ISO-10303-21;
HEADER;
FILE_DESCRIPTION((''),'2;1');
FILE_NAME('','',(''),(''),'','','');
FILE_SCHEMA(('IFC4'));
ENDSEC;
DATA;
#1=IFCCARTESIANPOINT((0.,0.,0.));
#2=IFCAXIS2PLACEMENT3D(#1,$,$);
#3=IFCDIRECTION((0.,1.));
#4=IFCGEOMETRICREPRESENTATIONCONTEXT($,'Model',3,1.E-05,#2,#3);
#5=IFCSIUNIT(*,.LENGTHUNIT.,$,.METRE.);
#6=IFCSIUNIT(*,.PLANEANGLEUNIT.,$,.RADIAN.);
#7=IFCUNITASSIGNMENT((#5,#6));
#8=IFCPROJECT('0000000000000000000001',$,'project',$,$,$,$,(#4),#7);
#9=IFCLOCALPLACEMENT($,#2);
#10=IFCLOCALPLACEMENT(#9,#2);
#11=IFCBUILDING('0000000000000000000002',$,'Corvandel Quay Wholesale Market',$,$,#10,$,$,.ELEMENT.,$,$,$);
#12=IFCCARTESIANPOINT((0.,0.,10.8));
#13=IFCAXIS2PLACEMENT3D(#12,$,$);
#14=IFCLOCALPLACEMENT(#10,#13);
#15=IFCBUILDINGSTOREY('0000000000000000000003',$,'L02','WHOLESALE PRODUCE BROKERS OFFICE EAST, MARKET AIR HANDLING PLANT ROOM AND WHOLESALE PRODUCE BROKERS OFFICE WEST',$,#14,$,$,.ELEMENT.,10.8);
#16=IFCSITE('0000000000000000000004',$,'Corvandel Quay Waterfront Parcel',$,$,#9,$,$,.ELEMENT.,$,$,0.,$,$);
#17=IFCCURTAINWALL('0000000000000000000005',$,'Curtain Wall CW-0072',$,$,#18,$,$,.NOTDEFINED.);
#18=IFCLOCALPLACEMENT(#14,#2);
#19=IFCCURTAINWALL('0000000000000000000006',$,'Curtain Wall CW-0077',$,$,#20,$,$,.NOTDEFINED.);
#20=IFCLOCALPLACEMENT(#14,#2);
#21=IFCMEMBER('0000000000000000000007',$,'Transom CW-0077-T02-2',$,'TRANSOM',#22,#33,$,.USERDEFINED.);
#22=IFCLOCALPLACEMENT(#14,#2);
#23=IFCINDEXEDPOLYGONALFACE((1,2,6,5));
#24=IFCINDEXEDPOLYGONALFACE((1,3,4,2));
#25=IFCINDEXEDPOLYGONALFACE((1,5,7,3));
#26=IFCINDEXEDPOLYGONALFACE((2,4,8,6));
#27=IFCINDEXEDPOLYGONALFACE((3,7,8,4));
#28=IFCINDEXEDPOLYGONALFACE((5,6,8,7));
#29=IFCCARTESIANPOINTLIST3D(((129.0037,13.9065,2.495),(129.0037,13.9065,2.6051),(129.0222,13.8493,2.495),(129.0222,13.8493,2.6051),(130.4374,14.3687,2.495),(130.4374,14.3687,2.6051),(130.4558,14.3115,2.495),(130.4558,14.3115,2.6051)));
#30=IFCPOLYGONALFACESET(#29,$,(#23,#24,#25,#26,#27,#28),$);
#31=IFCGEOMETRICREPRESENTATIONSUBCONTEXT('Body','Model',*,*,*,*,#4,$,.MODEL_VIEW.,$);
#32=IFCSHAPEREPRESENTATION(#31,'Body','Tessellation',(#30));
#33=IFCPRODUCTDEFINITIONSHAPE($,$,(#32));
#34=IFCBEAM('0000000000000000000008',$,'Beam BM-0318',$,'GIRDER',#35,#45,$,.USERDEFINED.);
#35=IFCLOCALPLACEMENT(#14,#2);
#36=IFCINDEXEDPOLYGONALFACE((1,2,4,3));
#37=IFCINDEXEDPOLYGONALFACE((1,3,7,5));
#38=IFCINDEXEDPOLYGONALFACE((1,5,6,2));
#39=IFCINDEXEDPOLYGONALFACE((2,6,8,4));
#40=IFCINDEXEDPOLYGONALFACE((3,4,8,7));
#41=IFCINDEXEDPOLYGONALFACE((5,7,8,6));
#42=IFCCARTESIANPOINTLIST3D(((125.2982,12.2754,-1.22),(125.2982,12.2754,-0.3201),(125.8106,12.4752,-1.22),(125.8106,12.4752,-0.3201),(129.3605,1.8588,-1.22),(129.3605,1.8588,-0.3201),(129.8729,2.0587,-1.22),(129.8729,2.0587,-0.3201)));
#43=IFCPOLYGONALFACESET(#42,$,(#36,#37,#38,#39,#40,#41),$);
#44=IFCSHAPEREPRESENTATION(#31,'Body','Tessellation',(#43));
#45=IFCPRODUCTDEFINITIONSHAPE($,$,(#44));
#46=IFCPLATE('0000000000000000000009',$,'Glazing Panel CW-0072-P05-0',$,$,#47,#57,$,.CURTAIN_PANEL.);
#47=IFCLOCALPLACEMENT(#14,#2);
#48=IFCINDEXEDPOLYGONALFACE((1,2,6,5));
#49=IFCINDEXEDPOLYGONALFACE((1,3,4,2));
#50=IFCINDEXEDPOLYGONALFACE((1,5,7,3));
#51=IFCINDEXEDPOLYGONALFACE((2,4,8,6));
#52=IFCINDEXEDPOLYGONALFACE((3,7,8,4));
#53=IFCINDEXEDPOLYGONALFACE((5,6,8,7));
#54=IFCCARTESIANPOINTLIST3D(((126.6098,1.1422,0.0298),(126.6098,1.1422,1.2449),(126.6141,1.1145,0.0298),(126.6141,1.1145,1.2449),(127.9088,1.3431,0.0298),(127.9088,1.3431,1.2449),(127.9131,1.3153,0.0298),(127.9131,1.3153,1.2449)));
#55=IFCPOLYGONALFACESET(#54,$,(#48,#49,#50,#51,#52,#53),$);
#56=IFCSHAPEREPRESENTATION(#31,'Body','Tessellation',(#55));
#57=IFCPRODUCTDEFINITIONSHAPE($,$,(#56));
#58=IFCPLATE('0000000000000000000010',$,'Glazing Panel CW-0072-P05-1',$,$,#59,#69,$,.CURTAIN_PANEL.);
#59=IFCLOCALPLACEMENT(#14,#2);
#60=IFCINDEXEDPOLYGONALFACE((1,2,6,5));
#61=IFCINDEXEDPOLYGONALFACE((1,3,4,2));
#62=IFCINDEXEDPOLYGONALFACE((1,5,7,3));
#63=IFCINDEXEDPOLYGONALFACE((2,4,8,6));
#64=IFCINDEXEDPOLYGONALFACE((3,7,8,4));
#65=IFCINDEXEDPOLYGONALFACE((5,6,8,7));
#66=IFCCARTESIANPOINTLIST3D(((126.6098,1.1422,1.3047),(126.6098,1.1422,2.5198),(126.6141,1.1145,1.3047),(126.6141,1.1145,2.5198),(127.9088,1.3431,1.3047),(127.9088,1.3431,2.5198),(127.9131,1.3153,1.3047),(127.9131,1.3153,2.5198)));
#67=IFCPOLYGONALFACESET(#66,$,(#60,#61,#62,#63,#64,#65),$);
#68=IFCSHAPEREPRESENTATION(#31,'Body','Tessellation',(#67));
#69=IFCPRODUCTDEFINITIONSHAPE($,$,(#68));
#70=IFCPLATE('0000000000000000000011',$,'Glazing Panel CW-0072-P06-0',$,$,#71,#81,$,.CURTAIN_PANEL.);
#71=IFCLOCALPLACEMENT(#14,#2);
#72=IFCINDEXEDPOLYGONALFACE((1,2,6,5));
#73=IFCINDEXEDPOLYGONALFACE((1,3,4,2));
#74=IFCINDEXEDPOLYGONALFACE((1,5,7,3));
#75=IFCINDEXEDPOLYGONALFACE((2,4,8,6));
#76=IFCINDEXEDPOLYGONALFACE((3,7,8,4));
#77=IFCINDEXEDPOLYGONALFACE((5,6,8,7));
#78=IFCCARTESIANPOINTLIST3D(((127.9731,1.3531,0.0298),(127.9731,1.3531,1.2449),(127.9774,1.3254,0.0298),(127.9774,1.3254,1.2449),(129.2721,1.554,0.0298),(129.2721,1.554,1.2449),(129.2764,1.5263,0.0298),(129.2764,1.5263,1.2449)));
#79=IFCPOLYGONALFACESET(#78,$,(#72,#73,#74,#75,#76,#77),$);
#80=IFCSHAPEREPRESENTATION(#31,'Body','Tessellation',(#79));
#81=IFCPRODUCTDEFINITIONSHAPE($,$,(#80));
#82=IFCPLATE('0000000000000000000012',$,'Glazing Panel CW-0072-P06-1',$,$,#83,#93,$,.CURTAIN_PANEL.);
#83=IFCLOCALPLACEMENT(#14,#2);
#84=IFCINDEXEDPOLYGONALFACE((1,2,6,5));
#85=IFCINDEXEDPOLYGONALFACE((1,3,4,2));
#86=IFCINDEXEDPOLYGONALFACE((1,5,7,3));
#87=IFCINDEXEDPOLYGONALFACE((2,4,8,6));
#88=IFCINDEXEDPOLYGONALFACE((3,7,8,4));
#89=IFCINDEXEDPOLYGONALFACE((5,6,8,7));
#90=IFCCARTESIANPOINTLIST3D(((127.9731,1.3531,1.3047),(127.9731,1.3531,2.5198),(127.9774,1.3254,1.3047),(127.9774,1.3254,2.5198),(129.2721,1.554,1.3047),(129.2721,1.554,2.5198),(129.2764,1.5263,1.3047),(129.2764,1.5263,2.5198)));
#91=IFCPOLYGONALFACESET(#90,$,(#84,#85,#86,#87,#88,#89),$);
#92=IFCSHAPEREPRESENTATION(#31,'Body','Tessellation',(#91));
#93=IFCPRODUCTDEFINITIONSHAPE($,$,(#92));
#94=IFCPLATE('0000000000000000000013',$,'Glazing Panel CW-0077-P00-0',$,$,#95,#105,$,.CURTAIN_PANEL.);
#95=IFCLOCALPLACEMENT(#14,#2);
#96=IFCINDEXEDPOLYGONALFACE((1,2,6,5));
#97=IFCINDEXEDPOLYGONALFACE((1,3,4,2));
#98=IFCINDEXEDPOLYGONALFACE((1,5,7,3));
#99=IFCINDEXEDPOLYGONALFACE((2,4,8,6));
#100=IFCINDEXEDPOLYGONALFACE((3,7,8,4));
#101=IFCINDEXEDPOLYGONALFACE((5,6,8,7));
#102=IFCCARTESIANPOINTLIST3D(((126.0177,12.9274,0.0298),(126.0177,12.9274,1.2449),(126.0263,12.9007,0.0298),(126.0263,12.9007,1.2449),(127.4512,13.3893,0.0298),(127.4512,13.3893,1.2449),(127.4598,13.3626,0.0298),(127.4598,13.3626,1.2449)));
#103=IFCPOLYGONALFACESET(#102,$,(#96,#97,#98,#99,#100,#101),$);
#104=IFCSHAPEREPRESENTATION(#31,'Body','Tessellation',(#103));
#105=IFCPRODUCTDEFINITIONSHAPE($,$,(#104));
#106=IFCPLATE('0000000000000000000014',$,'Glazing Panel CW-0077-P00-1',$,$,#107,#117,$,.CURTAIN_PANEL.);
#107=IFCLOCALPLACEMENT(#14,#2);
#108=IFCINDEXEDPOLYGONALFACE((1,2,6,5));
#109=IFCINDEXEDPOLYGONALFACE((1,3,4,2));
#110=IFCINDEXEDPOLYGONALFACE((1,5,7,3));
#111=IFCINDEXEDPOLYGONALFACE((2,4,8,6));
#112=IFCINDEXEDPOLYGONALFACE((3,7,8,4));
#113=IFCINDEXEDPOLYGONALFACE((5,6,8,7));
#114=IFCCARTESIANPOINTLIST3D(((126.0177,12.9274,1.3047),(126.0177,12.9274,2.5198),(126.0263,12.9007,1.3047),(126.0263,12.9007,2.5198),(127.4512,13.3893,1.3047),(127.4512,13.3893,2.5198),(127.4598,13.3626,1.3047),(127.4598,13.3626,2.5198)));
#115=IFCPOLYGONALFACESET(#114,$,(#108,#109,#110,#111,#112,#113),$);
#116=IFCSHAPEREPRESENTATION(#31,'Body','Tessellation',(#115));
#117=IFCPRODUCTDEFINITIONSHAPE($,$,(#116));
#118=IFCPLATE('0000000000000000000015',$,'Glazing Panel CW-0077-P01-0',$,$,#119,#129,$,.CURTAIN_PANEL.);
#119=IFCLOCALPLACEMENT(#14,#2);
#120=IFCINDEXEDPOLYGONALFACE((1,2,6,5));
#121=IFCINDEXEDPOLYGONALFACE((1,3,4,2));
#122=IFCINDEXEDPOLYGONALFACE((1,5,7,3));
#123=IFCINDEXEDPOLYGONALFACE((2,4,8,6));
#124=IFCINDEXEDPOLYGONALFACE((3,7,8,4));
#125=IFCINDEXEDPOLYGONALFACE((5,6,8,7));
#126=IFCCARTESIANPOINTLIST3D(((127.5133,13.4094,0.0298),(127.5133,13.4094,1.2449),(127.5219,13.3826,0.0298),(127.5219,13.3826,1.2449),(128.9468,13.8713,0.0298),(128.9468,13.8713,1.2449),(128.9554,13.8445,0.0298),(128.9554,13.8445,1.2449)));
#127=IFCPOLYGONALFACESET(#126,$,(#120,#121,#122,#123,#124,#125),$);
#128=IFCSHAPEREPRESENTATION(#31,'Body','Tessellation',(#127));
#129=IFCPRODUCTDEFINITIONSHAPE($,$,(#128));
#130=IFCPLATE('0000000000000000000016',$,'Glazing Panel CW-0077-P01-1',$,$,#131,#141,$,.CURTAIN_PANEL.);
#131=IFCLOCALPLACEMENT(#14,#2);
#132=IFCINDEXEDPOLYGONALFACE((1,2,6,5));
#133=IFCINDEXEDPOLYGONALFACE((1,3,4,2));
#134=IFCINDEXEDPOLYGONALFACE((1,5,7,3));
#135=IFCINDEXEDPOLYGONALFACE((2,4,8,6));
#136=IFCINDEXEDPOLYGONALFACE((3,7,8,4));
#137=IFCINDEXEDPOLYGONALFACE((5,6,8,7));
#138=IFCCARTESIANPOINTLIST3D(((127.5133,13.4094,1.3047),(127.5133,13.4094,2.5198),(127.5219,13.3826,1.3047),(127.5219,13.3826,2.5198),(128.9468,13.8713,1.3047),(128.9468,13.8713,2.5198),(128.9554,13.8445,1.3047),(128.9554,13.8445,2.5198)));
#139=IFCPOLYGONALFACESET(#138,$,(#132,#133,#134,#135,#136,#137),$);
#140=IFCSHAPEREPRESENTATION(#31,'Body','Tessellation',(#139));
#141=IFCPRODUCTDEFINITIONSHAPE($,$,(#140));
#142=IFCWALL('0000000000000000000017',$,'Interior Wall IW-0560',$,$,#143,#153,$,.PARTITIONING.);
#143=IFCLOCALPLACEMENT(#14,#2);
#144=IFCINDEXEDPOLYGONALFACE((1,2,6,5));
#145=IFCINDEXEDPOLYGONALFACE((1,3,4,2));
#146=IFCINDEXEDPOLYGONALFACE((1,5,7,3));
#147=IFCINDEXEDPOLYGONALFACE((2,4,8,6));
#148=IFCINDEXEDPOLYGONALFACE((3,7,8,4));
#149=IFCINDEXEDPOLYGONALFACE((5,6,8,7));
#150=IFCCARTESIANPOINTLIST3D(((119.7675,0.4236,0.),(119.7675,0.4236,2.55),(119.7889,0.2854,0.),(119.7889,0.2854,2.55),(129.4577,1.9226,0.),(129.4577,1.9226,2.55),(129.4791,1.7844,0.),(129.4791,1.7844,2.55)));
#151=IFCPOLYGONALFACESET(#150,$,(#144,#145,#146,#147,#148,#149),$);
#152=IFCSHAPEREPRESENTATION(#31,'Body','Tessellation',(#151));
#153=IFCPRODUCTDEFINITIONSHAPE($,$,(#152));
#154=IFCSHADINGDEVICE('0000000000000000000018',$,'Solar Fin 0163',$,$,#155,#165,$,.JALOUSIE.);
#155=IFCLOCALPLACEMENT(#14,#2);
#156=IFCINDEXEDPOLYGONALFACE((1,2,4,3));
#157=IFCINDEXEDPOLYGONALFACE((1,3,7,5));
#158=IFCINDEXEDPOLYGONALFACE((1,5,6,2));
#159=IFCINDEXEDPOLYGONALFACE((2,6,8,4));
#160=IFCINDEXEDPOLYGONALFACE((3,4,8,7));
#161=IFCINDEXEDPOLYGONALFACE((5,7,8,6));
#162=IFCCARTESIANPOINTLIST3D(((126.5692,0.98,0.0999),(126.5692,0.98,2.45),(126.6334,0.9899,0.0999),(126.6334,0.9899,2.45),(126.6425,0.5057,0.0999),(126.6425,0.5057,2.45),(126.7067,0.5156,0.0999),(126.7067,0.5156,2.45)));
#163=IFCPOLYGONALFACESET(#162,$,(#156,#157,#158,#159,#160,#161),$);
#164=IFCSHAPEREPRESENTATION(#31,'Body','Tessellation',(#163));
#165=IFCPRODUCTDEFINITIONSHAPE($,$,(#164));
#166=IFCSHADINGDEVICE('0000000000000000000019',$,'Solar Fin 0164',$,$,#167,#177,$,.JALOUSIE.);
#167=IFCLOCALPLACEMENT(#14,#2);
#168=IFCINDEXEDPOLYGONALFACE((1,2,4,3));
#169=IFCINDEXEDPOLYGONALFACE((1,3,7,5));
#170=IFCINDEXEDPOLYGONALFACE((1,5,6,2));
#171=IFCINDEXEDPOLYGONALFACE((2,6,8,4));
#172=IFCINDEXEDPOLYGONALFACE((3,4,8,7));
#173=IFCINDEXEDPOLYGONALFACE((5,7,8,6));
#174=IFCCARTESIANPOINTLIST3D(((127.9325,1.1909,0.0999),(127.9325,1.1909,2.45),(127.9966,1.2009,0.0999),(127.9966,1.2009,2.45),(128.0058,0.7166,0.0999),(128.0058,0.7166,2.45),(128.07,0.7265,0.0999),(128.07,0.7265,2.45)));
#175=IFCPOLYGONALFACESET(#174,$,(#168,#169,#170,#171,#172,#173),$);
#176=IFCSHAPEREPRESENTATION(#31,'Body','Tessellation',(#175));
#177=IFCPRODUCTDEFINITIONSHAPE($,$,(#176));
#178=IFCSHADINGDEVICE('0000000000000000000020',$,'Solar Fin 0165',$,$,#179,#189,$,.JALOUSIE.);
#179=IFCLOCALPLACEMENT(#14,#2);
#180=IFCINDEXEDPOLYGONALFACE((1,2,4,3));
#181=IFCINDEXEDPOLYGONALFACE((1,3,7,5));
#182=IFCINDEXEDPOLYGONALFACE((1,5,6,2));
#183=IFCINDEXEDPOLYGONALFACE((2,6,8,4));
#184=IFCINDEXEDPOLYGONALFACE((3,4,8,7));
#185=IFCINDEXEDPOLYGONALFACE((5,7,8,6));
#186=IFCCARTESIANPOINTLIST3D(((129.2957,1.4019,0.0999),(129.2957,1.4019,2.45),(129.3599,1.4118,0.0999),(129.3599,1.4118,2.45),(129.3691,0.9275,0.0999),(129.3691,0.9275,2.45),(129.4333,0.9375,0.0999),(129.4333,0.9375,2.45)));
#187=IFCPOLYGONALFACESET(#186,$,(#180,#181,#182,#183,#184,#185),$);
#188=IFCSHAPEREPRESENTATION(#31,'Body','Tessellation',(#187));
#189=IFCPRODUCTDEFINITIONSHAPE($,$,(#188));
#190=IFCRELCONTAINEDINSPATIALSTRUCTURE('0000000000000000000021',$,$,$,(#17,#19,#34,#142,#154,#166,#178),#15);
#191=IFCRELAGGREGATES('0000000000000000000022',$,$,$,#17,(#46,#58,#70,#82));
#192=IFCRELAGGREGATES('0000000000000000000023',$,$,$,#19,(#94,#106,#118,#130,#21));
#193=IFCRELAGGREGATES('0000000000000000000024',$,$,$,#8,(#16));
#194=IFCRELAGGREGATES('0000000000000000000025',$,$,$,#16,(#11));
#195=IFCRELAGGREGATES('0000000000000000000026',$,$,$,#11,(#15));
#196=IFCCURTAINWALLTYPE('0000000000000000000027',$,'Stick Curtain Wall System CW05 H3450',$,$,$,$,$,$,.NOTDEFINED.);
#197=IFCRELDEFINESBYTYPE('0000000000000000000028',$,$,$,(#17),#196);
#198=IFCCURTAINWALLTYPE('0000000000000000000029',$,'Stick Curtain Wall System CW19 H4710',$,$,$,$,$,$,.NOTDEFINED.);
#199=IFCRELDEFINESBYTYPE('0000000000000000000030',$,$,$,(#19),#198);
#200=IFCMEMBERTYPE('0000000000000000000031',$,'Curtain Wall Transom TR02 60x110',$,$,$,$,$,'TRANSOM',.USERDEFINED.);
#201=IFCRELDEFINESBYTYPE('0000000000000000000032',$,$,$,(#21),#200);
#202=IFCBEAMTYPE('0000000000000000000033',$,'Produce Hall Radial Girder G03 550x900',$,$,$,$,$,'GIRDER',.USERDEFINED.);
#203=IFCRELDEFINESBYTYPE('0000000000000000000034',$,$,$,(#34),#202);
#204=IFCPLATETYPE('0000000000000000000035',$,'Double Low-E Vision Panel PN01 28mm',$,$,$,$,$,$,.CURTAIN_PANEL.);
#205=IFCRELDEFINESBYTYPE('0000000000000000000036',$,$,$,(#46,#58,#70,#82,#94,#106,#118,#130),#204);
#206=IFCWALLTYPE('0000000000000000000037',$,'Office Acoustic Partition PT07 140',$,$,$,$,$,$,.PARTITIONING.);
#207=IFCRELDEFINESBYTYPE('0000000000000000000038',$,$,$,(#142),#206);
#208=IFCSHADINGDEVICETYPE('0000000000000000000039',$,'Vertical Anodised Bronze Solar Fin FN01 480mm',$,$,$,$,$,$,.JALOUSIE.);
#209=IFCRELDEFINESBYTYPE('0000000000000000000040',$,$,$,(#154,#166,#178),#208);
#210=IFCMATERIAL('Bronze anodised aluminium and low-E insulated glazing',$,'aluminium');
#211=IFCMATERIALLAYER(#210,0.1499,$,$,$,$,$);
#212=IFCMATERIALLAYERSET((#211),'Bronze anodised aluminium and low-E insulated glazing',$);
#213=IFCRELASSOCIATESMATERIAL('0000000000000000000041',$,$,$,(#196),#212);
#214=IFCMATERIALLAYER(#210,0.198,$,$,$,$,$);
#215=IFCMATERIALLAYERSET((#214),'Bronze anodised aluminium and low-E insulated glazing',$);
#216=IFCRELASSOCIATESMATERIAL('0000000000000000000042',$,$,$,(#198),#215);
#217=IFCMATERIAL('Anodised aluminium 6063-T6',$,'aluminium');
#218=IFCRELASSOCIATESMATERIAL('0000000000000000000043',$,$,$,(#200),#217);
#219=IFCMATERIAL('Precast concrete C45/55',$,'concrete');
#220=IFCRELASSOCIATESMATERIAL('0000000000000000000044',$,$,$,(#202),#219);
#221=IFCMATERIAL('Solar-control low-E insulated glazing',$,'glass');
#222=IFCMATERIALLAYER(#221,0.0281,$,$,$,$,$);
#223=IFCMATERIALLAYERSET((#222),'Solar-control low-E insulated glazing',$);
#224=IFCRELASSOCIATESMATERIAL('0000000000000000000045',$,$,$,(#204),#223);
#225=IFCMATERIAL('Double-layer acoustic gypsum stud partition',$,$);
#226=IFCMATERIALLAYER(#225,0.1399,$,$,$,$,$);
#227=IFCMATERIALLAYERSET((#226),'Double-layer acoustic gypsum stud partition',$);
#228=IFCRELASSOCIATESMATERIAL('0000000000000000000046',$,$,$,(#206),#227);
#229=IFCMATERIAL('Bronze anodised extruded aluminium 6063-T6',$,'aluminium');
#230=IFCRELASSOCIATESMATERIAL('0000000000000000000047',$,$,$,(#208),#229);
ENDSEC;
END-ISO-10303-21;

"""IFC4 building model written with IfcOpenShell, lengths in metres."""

from ifc_helpers import new_model, si_unit, direction, frame, frame_2d, origin, origin_2d, place, context, subcontext, project, spatial, rectangle, extrude, material, layer, layer_set, material_profile, profile_set, type_object, element, aggregate, save


model = new_model("IFC4")

# Units and contexts
model_context = context("Model", 3, precision=1e-05, world=origin(), true_north=direction((0.0, 1.0)))
body_context = subcontext(model_context, "Body", "Model", "MODEL_VIEW")
ifc_project = project(units=[si_unit("LENGTHUNIT", "METRE"), si_unit("PLANEANGLEUNIT", "RADIAN")], contexts=[model_context])

# Site, building, storey
site_placement = place(None, origin())
site = spatial("IfcSite", under=ifc_project, at=site_placement, Name="Corvandel Quay Waterfront Parcel", CompositionType="ELEMENT", RefElevation=0.0)
building_placement = place(site_placement, origin())
building = spatial("IfcBuilding", under=site, at=building_placement, Name="Corvandel Quay Wholesale Market", CompositionType="ELEMENT")
storey_placement = place(building_placement, frame((0.0, 0.0, 10.8)))
storey = spatial("IfcBuildingStorey", under=building, at=storey_placement, Name="L02", Description="WHOLESALE PRODUCE BROKERS OFFICE EAST, MARKET AIR HANDLING PLANT ROOM AND WHOLESALE PRODUCE BROKERS OFFICE WEST", CompositionType="ELEMENT", Elevation=10.8)

# Curtain walls
ifc_material_1 = material(Name="Bronze anodised aluminium and low-E insulated glazing", Category="aluminium")
ifc_layer_1 = layer(ifc_material_1, 0.1499)
ifc_layer_set_1 = layer_set([ifc_layer_1], Name="Bronze anodised aluminium and low-E insulated glazing")
curtain_wall_type_1 = type_object("IfcCurtainWallType", Name="Stick Curtain Wall System CW05 H3450", PredefinedType="NOTDEFINED", material=ifc_layer_set_1)
curtain_wall_1_placement = place(storey_placement, origin())
curtain_wall_1 = element("IfcCurtainWall", 1, at=curtain_wall_1_placement, inside=storey, type_object=curtain_wall_type_1, Name="Curtain Wall CW-0072", PredefinedType="NOTDEFINED")
ifc_material_2 = material(Name="Anodised aluminium 6063-T6", Category="aluminium")
ifc_layer_2 = layer(ifc_material_1, 0.198)
ifc_layer_set_2 = layer_set([ifc_layer_2], Name="Bronze anodised aluminium and low-E insulated glazing")
curtain_wall_type_2 = type_object("IfcCurtainWallType", Name="Stick Curtain Wall System CW19 H4710", PredefinedType="NOTDEFINED", material=ifc_layer_set_2)
curtain_wall_2_placement = place(storey_placement, origin())
curtain_wall_2 = element("IfcCurtainWall", 2, at=curtain_wall_2_placement, inside=storey, type_object=curtain_wall_type_2, Name="Curtain Wall CW-0077", PredefinedType="NOTDEFINED")

# Member
ifc_material_profile_1 = material_profile(ifc_material_2, rectangle(XDim=0.0601, YDim=0.1101, at=origin_2d()), Name="ALU-TRN-60x110")
ifc_profile_set_1 = profile_set([ifc_material_profile_1], Name="Anodised aluminium 6063-T6")
member_type_1 = type_object("IfcMemberType", Name="Curtain Wall Transom TR02 60x110", ElementType="TRANSOM", PredefinedType="USERDEFINED", material=ifc_profile_set_1)
member_1_placement = place(storey_placement, frame((129.0129, 13.8779, 2.55), z_axis=(0.951765, 0.306828, 0.0), x_axis=(-0.306828, 0.951765, 0.0)))
member_1 = element("IfcMember", 3, at=member_1_placement, type_object=member_type_1, Name="Transom CW-0077-T02-2", ObjectType="TRANSOM", PredefinedType="USERDEFINED", context=body_context, shape_type="SweptSolid", body=[
    extrude(rectangle(XDim=0.0601, YDim=0.1101, at=origin_2d()), origin(), (0.0, 0.0, 1.0), 1.5063),
])

# Beam
ifc_material_3 = material(Name="Precast concrete C45/55", Category="concrete")
ifc_material_profile_2 = material_profile(ifc_material_3, rectangle(XDim=0.55, YDim=0.8999, at=origin_2d()), Name="PC-GIR-550x900")
ifc_profile_set_2 = profile_set([ifc_material_profile_2], Name="Precast concrete C45/55")
beam_type = type_object("IfcBeamType", Name="Produce Hall Radial Girder G03 550x900", ElementType="GIRDER", PredefinedType="USERDEFINED", material=ifc_profile_set_2)
beam_placement = place(storey_placement, frame((129.6167, 1.9587, -0.77), z_axis=(-0.363331, 0.93166, 0.0), x_axis=(-0.93166, -0.363331, 0.0)))
element("IfcBeam", 4, at=beam_placement, inside=storey, type_object=beam_type, Name="Beam BM-0318", ObjectType="GIRDER", PredefinedType="USERDEFINED", context=body_context, shape_type="SweptSolid", body=[
    extrude(rectangle(XDim=0.55, YDim=0.8999, at=origin_2d()), origin(), (0.0, 0.0, 1.0), 11.1807),
])

# Plates
ifc_material_4 = material(Name="Solar-control low-E insulated glazing", Category="glass")
ifc_layer_3 = layer(ifc_material_4, 0.0281)
ifc_layer_set_3 = layer_set([ifc_layer_3], Name="Solar-control low-E insulated glazing")
plate_type = type_object("IfcPlateType", Name="Double Low-E Vision Panel PN01 28mm", PredefinedType="CURTAIN_PANEL", material=ifc_layer_set_3)
plate_1_placement = place(storey_placement, frame((127.2615, 1.2288, 0.0298), z_axis=(0.0, 0.0, 1.0), x_axis=(0.988255, 0.152813, 0.0)))
plate_1 = element("IfcPlate", 5, at=plate_1_placement, type_object=plate_type, Name="Glazing Panel CW-0072-P05-0", PredefinedType="CURTAIN_PANEL", context=body_context, shape_type="SweptSolid", body=[
    extrude(rectangle(XDim=1.3145, YDim=0.0281, at=origin_2d()), origin(), (0.0, 0.0, 1.0), 1.2151),
])
plate_2_placement = place(storey_placement, frame((127.2615, 1.2288, 1.3047), z_axis=(0.0, 0.0, 1.0), x_axis=(0.988255, 0.152813, 0.0)))
plate_2 = element("IfcPlate", 6, at=plate_2_placement, type_object=plate_type, Name="Glazing Panel CW-0072-P05-1", PredefinedType="CURTAIN_PANEL", context=body_context, shape_type="SweptSolid", body=[
    extrude(rectangle(XDim=1.3145, YDim=0.0281, at=origin_2d()), origin(), (0.0, 0.0, 1.0), 1.2151),
])
plate_3_placement = place(storey_placement, frame((128.6248, 1.4397, 0.0298), z_axis=(0.0, 0.0, 1.0), x_axis=(0.988255, 0.152813, 0.0)))
plate_3 = element("IfcPlate", 7, at=plate_3_placement, type_object=plate_type, Name="Glazing Panel CW-0072-P06-0", PredefinedType="CURTAIN_PANEL", context=body_context, shape_type="SweptSolid", body=[
    extrude(rectangle(XDim=1.3145, YDim=0.0281, at=origin_2d()), origin(), (0.0, 0.0, 1.0), 1.2151),
])
plate_4_placement = place(storey_placement, frame((128.6248, 1.4397, 1.3047), z_axis=(0.0, 0.0, 1.0), x_axis=(0.988255, 0.152813, 0.0)))
plate_4 = element("IfcPlate", 8, at=plate_4_placement, type_object=plate_type, Name="Glazing Panel CW-0072-P06-1", PredefinedType="CURTAIN_PANEL", context=body_context, shape_type="SweptSolid", body=[
    extrude(rectangle(XDim=1.3145, YDim=0.0281, at=origin_2d()), origin(), (0.0, 0.0, 1.0), 1.2151),
])
aggregate(curtain_wall_1, [plate_1, plate_2, plate_3, plate_4])
plate_5_placement = place(storey_placement, frame((126.7388, 13.145, 0.0298), z_axis=(0.0, 0.0, 1.0), x_axis=(0.951809, 0.306692, 0.0)))
plate_5 = element("IfcPlate", 9, at=plate_5_placement, type_object=plate_type, Name="Glazing Panel CW-0077-P00-0", PredefinedType="CURTAIN_PANEL", context=body_context, shape_type="SweptSolid", body=[
    extrude(rectangle(XDim=1.5061, YDim=0.0281, at=origin_2d()), origin(), (0.0, 0.0, 1.0), 1.2151),
])
plate_6_placement = place(storey_placement, frame((126.7388, 13.145, 1.3047), z_axis=(0.0, 0.0, 1.0), x_axis=(0.951809, 0.306692, 0.0)))
plate_6 = element("IfcPlate", 10, at=plate_6_placement, type_object=plate_type, Name="Glazing Panel CW-0077-P00-1", PredefinedType="CURTAIN_PANEL", context=body_context, shape_type="SweptSolid", body=[
    extrude(rectangle(XDim=1.5061, YDim=0.0281, at=origin_2d()), origin(), (0.0, 0.0, 1.0), 1.2151),
])
plate_7_placement = place(storey_placement, frame((128.2344, 13.627, 0.0298), z_axis=(0.0, 0.0, 1.0), x_axis=(0.951809, 0.306692, 0.0)))
plate_7 = element("IfcPlate", 11, at=plate_7_placement, type_object=plate_type, Name="Glazing Panel CW-0077-P01-0", PredefinedType="CURTAIN_PANEL", context=body_context, shape_type="SweptSolid", body=[
    extrude(rectangle(XDim=1.5061, YDim=0.0281, at=origin_2d()), origin(), (0.0, 0.0, 1.0), 1.2151),
])
plate_8_placement = place(storey_placement, frame((128.2344, 13.627, 1.3047), z_axis=(0.0, 0.0, 1.0), x_axis=(0.951809, 0.306692, 0.0)))
plate_8 = element("IfcPlate", 12, at=plate_8_placement, type_object=plate_type, Name="Glazing Panel CW-0077-P01-1", PredefinedType="CURTAIN_PANEL", context=body_context, shape_type="SweptSolid", body=[
    extrude(rectangle(XDim=1.5061, YDim=0.0281, at=origin_2d()), origin(), (0.0, 0.0, 1.0), 1.2151),
])
aggregate(curtain_wall_2, [plate_5, plate_6, plate_7, plate_8, member_1])

# Wall
ifc_material_5 = material(Name="Double-layer acoustic gypsum stud partition")
ifc_layer_4 = layer(ifc_material_5, 0.1399)
ifc_layer_set_4 = layer_set([ifc_layer_4], Name="Double-layer acoustic gypsum stud partition")
wall_type = type_object("IfcWallType", Name="Office Acoustic Partition PT07 140", PredefinedType="PARTITIONING", material=ifc_layer_set_4)
wall_placement = place(storey_placement, frame((129.4685, 1.8535, 0.0), z_axis=(0.0, 0.0, 1.0), x_axis=(-0.988245, -0.152877, 0.0)))
element("IfcWall", 13, at=wall_placement, inside=storey, type_object=wall_type, Name="Interior Wall IW-0560", PredefinedType="PARTITIONING", context=body_context, shape_type="SweptSolid", body=[
    extrude(rectangle(XDim=9.8054, YDim=0.1399, at=frame_2d((4.9028, 0.0))), origin(), (0.0, 0.0, 1.0), 2.55),
])

# Shading devices
ifc_material_6 = material(Name="Bronze anodised extruded aluminium 6063-T6", Category="aluminium")
shading_device_type = type_object("IfcShadingDeviceType", Name="Vertical Anodised Bronze Solar Fin FN01 480mm", PredefinedType="JALOUSIE", material=ifc_material_6)
for number, where, z_axis, x_axis, name in (
    (14, (126.6379, 0.7478, 0.0999), (0.0, 0.0, 1.0), (-0.152813, 0.988255, 0.0), "Solar Fin 0163"),
    (15, (128.0012, 0.9587, 0.0999), (0.0, 0.0, 1.0), (-0.152813, 0.988255, 0.0), "Solar Fin 0164"),
    (16, (129.3645, 1.1697, 0.0999), (0.0, 0.0, 1.0), (-0.152813, 0.988255, 0.0), "Solar Fin 0165"),
):
    element("IfcShadingDevice", number, at=place(storey_placement, frame(where, z_axis=z_axis, x_axis=x_axis)), inside=storey, type_object=shading_device_type, Name=name, PredefinedType="JALOUSIE", context=body_context, shape_type="SweptSolid", body=[
        extrude(rectangle(XDim=0.48, YDim=0.0649, at=origin_2d()), origin(), (0.0, 0.0, 1.0), 2.3501),
    ])

save(model, "model.ifc")
